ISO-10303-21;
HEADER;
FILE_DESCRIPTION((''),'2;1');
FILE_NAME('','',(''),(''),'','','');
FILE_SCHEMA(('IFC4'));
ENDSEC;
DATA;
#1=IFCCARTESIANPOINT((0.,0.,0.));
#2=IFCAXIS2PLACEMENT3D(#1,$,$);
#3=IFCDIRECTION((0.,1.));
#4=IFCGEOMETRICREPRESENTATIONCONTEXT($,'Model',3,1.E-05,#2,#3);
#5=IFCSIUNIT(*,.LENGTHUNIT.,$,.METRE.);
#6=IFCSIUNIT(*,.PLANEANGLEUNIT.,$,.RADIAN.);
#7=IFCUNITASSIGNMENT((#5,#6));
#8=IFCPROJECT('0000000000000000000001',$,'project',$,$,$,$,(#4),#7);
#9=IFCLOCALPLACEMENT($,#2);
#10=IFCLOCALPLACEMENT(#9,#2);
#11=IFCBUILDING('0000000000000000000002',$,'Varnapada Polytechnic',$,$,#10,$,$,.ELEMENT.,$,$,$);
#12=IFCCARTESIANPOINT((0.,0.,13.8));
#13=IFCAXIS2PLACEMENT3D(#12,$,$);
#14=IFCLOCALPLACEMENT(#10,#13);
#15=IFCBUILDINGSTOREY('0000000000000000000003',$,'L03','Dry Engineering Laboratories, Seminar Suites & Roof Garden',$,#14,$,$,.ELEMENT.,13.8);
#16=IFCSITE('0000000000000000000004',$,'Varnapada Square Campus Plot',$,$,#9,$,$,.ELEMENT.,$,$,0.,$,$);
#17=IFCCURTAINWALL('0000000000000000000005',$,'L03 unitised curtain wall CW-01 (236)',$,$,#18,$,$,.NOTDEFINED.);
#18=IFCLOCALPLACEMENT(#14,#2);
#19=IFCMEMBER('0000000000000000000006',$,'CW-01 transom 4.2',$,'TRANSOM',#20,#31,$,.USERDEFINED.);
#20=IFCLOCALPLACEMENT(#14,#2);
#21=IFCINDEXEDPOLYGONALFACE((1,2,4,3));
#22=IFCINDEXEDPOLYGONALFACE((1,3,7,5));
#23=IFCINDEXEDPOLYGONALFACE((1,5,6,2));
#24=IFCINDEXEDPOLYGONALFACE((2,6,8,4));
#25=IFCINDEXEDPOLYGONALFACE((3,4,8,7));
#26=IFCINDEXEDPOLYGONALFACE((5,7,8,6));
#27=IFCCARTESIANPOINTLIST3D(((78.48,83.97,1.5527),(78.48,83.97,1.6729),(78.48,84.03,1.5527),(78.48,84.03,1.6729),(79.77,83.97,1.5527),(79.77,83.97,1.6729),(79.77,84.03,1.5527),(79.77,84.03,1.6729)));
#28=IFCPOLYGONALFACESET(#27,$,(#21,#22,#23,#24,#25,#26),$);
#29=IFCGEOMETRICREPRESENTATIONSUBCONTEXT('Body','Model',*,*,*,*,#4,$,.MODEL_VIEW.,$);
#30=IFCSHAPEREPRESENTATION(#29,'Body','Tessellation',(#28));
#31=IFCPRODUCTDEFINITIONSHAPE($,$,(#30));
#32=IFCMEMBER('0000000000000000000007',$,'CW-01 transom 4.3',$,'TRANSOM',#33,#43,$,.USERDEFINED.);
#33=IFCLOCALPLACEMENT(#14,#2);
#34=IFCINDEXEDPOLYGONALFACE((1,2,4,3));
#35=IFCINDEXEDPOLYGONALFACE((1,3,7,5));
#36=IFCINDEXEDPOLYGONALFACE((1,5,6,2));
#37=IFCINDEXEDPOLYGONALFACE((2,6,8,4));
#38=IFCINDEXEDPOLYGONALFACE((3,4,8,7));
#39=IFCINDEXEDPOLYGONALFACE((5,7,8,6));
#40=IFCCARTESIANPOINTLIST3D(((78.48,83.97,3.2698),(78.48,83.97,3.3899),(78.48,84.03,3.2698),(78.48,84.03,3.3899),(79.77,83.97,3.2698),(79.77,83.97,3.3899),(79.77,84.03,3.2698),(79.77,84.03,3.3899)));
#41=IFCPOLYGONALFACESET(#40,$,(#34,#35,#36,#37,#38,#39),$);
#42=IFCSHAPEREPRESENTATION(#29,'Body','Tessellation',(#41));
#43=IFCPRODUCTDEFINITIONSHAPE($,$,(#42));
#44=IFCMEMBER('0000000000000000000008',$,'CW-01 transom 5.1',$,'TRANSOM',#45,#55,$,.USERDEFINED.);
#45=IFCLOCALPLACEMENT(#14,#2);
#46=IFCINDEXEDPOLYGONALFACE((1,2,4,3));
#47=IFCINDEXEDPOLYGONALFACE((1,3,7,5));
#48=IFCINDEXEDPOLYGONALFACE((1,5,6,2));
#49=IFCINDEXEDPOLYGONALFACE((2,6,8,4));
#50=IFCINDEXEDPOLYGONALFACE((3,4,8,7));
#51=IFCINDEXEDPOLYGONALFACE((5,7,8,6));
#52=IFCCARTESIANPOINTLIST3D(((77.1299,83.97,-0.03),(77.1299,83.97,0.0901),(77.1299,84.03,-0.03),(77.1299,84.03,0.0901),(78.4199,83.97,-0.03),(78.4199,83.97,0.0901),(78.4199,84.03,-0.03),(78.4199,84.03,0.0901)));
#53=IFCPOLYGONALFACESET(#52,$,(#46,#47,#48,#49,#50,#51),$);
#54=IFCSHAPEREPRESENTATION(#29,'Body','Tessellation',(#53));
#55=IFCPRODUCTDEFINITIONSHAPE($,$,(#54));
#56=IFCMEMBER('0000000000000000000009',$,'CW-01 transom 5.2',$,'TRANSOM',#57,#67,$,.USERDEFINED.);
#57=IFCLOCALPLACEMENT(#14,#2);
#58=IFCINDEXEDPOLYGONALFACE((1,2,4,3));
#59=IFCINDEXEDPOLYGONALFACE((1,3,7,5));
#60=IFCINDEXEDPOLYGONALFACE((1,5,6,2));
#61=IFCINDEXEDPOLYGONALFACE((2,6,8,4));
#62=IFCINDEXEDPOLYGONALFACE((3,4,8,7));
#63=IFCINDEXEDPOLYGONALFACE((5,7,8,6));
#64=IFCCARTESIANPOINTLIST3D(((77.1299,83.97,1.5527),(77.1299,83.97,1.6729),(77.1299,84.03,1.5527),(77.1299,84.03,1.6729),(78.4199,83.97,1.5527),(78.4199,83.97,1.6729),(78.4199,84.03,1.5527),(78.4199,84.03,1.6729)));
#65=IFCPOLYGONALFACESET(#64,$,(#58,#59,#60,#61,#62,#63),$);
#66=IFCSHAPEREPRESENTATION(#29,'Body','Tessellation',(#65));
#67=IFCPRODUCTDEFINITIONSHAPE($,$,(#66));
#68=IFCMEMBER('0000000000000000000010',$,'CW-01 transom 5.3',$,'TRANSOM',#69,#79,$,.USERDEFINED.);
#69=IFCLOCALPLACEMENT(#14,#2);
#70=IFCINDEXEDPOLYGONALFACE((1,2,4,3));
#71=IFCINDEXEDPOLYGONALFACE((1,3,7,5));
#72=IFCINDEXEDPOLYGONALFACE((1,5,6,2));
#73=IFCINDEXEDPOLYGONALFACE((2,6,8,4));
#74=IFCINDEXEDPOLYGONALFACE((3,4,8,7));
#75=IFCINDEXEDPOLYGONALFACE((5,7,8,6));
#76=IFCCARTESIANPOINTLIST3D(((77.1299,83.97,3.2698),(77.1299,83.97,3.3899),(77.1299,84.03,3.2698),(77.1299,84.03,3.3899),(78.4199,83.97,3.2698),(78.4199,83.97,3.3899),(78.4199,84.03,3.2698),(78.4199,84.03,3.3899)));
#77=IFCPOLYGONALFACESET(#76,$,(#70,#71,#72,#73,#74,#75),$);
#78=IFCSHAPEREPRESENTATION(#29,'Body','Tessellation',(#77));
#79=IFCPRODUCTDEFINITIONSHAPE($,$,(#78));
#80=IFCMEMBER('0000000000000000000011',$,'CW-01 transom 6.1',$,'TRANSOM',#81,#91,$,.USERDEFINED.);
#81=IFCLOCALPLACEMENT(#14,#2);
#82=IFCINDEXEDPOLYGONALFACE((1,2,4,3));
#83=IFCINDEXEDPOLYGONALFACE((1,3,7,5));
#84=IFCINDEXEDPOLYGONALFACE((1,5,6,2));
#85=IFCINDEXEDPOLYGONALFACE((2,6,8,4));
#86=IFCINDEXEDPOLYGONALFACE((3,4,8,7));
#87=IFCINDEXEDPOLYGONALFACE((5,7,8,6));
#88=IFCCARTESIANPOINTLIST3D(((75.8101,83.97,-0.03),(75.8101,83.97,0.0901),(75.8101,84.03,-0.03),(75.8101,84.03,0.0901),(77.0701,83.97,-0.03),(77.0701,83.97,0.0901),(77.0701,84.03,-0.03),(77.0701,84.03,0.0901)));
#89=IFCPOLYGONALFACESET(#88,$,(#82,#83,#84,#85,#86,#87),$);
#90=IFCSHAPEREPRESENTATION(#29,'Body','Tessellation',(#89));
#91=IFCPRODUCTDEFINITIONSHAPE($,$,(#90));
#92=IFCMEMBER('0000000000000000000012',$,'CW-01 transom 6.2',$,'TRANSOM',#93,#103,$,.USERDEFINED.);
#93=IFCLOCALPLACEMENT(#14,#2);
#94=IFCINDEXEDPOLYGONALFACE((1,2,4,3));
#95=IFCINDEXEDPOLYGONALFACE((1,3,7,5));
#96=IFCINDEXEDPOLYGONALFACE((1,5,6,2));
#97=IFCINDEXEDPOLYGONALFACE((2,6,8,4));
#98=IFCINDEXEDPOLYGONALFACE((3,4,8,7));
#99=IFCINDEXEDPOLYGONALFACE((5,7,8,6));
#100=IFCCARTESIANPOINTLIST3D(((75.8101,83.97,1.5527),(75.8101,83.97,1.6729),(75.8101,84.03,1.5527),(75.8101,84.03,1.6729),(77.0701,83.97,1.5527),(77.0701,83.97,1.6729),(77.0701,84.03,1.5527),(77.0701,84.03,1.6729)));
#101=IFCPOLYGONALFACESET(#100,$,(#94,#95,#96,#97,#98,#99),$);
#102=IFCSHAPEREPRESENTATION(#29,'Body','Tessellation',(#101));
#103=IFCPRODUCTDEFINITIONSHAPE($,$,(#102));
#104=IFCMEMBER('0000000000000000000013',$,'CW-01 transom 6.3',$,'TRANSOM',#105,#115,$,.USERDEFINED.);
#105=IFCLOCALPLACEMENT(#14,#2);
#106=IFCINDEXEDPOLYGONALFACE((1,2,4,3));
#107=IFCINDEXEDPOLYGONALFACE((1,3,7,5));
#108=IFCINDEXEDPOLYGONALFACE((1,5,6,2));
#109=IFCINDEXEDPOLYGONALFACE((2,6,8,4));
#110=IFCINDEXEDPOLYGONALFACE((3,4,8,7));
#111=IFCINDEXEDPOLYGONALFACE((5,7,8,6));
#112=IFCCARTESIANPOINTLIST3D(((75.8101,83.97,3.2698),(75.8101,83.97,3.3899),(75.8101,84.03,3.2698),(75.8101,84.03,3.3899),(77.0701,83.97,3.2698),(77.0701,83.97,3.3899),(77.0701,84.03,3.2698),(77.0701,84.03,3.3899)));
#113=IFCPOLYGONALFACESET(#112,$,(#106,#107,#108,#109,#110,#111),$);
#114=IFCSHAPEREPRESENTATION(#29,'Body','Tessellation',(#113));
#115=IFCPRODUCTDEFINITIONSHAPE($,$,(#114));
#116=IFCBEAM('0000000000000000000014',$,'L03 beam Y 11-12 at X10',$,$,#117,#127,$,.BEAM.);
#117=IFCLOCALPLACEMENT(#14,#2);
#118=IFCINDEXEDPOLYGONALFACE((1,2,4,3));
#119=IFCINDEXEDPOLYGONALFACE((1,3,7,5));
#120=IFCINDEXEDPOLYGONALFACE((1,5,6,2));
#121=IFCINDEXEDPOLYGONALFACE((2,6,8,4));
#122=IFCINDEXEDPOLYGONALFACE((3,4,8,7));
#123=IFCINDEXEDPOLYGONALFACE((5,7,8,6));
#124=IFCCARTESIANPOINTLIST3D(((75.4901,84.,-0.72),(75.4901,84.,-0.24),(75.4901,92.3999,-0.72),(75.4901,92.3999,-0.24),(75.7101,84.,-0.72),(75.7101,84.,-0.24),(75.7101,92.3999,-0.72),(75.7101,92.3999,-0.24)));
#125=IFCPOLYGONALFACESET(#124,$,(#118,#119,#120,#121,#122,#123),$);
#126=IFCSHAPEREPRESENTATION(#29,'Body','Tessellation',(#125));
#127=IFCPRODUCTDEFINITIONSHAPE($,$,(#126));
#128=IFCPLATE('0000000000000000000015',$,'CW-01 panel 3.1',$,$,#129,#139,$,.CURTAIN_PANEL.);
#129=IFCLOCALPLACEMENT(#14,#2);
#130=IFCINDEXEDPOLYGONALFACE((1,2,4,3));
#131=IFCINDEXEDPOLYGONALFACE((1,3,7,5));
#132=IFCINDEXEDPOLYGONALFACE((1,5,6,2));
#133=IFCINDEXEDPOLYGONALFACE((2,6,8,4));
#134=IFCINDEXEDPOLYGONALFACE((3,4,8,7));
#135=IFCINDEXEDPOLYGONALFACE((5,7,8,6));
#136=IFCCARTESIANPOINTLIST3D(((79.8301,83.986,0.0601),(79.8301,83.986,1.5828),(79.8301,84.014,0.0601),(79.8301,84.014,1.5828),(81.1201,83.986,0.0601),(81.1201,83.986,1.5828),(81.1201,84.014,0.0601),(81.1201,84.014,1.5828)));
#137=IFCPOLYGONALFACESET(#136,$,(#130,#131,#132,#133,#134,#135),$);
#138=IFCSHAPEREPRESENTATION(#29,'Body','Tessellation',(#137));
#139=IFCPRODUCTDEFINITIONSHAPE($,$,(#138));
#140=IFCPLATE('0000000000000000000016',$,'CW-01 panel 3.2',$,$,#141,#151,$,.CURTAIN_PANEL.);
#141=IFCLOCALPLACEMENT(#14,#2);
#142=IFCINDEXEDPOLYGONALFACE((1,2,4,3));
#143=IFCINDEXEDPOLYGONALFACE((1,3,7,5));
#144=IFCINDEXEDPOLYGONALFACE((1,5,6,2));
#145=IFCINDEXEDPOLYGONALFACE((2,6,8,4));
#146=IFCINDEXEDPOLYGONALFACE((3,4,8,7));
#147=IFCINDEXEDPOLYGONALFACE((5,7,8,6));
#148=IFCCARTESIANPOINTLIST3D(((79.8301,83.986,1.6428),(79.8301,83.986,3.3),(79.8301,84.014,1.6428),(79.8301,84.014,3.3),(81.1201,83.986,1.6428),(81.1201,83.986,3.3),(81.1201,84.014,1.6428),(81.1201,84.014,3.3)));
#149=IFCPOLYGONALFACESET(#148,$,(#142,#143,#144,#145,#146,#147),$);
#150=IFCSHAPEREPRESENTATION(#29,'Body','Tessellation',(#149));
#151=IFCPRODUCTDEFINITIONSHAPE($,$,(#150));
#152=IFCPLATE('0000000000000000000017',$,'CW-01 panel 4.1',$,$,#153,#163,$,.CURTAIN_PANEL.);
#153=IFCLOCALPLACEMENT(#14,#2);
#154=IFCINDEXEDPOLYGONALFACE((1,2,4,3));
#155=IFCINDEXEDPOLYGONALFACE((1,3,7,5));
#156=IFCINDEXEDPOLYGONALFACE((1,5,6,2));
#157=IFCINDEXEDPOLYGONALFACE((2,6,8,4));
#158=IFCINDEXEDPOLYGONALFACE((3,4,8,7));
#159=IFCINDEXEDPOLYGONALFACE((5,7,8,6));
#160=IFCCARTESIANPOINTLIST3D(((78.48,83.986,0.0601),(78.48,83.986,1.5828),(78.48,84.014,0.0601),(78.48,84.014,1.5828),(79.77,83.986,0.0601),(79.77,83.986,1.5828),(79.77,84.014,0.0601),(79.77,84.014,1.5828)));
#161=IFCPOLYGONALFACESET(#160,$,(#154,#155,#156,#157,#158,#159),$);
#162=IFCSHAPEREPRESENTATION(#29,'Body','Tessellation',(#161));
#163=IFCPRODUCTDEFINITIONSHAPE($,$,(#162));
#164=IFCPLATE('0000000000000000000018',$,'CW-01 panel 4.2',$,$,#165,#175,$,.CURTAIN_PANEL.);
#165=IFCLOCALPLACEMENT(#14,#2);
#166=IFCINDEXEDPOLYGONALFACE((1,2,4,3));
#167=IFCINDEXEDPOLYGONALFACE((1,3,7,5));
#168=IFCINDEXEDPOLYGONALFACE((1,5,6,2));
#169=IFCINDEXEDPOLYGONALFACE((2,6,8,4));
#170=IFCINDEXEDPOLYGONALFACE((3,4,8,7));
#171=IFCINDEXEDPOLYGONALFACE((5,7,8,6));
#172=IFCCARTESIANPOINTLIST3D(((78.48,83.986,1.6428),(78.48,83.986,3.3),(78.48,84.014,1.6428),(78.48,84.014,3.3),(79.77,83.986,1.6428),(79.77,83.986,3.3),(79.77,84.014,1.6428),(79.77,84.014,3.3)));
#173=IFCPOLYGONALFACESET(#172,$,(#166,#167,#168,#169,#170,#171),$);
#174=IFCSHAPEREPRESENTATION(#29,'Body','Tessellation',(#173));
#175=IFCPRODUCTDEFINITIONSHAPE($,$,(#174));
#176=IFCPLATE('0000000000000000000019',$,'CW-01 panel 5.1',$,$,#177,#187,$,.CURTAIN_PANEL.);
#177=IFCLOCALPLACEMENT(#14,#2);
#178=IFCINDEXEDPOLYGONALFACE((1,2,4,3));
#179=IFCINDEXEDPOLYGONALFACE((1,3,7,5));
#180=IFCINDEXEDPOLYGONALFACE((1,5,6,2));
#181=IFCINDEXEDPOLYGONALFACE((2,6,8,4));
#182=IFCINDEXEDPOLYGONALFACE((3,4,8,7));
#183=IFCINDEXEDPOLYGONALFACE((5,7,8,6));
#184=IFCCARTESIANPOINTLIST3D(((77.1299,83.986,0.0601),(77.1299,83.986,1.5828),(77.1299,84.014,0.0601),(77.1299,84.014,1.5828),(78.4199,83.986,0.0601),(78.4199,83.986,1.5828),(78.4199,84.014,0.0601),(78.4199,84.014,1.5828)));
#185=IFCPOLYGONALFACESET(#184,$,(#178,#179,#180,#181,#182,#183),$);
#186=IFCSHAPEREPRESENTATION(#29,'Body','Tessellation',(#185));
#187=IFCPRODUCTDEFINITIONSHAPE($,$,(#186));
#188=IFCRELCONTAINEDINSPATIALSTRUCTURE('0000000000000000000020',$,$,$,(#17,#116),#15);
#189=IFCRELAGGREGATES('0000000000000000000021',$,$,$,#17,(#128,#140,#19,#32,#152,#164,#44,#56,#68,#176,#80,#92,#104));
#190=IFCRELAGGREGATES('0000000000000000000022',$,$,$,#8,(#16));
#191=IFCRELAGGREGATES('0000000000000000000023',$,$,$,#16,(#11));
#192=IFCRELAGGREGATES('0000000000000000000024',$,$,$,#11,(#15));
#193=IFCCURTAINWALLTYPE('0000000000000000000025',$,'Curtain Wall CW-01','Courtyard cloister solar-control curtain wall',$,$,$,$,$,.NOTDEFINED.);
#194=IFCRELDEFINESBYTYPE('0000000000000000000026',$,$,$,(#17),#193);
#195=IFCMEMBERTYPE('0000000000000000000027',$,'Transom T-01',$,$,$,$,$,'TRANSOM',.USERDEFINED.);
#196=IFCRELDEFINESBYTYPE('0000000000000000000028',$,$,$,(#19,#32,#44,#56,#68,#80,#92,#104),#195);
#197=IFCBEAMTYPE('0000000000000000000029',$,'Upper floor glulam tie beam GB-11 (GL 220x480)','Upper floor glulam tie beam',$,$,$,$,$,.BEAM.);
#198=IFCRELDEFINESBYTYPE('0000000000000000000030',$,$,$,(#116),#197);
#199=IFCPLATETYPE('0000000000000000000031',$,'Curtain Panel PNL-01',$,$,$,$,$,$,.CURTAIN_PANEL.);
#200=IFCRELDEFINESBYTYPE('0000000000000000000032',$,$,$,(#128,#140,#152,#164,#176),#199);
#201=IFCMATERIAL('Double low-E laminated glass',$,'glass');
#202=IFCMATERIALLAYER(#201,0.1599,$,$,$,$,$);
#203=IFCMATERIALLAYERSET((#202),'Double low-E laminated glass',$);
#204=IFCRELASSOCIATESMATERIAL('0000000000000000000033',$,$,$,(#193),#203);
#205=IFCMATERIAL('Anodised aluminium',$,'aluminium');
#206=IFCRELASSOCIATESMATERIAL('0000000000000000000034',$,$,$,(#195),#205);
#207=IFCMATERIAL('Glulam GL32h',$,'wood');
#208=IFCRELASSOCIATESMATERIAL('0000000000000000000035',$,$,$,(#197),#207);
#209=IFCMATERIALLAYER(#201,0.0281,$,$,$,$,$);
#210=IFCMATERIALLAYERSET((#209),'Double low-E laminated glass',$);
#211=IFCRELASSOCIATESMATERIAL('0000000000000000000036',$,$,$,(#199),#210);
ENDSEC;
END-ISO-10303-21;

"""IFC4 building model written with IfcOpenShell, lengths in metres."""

from ifc_helpers import new_model, si_unit, direction, frame, origin, origin_2d, place, context, subcontext, project, spatial, rectangle, extrude, material, layer, layer_set, material_profile, profile_set, type_object, element, aggregate, save


model = new_model("IFC4")

# Units and contexts
model_context = context("Model", 3, precision=1e-05, world=origin(), true_north=direction((0.0, 1.0)))
body_context = subcontext(model_context, "Body", "Model", "MODEL_VIEW")
ifc_project = project(units=[si_unit("LENGTHUNIT", "METRE"), si_unit("PLANEANGLEUNIT", "RADIAN")], contexts=[model_context])

# Site, building, storey
site_placement = place(None, origin())
site = spatial("IfcSite", under=ifc_project, at=site_placement, Name="Varnapada Square Campus Plot", CompositionType="ELEMENT", RefElevation=0.0)
building_placement = place(site_placement, origin())
building = spatial("IfcBuilding", under=site, at=building_placement, Name="Varnapada Polytechnic", CompositionType="ELEMENT")
storey_placement = place(building_placement, frame((0.0, 0.0, 13.8)))
storey = spatial("IfcBuildingStorey", under=building, at=storey_placement, Name="L03", Description="Dry Engineering Laboratories, Seminar Suites & Roof Garden", CompositionType="ELEMENT", Elevation=13.8)

# Shared definitions
ifc_material_1 = material(Name="Glulam GL32h", Category="wood")

# Shared definitions
ifc_material_2 = material(Name="Double low-E laminated glass", Category="glass")
ifc_layer_1 = layer(ifc_material_2, 0.1599)
ifc_layer_set_1 = layer_set([ifc_layer_1], Name="Double low-E laminated glass")
curtain_wall_type = type_object("IfcCurtainWallType", Name="Curtain Wall CW-01", Description="Courtyard cloister solar-control curtain wall", PredefinedType="NOTDEFINED", material=ifc_layer_set_1)
ifc_material_3 = material(Name="Anodised aluminium", Category="aluminium")

# Curtain wall
curtain_wall_1_placement = place(storey_placement, origin())
curtain_wall_1 = element("IfcCurtainWall", 1, at=curtain_wall_1_placement, inside=storey, type_object=curtain_wall_type, Name="L03 unitised curtain wall CW-01 (236)", PredefinedType="NOTDEFINED")

# Members
ifc_material_profile_1 = material_profile(ifc_material_3, rectangle(XDim=0.0601, YDim=0.1201, at=origin_2d()), Name="ALU T60x120")
ifc_profile_set_1 = profile_set([ifc_material_profile_1], Name="Anodised aluminium")
member_type_1 = type_object("IfcMemberType", Name="Transom T-01", ElementType="TRANSOM", PredefinedType="USERDEFINED", material=ifc_profile_set_1)
member_1_placement = place(storey_placement, frame((79.77, 84.0, 1.6128), z_axis=(-1.0, 0.0, 0.0), x_axis=(0.0, -1.0, 0.0)))
member_1 = element("IfcMember", 2, at=member_1_placement, type_object=member_type_1, Name="CW-01 transom 4.2", ObjectType="TRANSOM", PredefinedType="USERDEFINED", context=body_context, shape_type="SweptSolid", body=[
    extrude(rectangle(XDim=0.0601, YDim=0.1201, at=origin_2d()), origin(), (0.0, 0.0, 1.0), 1.29),
])
member_2_placement = place(storey_placement, frame((79.77, 84.0, 3.3298), z_axis=(-1.0, 0.0, 0.0), x_axis=(0.0, -1.0, 0.0)))
member_2 = element("IfcMember", 3, at=member_2_placement, type_object=member_type_1, Name="CW-01 transom 4.3", ObjectType="TRANSOM", PredefinedType="USERDEFINED", context=body_context, shape_type="SweptSolid", body=[
    extrude(rectangle(XDim=0.0601, YDim=0.1201, at=origin_2d()), origin(), (0.0, 0.0, 1.0), 1.29),
])
member_3_placement = place(storey_placement, frame((78.4199, 84.0, 0.03), z_axis=(-1.0, 0.0, 0.0), x_axis=(0.0, -1.0, 0.0)))
member_3 = element("IfcMember", 4, at=member_3_placement, type_object=member_type_1, Name="CW-01 transom 5.1", ObjectType="TRANSOM", PredefinedType="USERDEFINED", context=body_context, shape_type="SweptSolid", body=[
    extrude(rectangle(XDim=0.0601, YDim=0.1201, at=origin_2d()), origin(), (0.0, 0.0, 1.0), 1.29),
])
member_4_placement = place(storey_placement, frame((78.4199, 84.0, 1.6128), z_axis=(-1.0, 0.0, 0.0), x_axis=(0.0, -1.0, 0.0)))
member_4 = element("IfcMember", 5, at=member_4_placement, type_object=member_type_1, Name="CW-01 transom 5.2", ObjectType="TRANSOM", PredefinedType="USERDEFINED", context=body_context, shape_type="SweptSolid", body=[
    extrude(rectangle(XDim=0.0601, YDim=0.1201, at=origin_2d()), origin(), (0.0, 0.0, 1.0), 1.29),
])
member_5_placement = place(storey_placement, frame((78.4199, 84.0, 3.3298), z_axis=(-1.0, 0.0, 0.0), x_axis=(0.0, -1.0, 0.0)))
member_5 = element("IfcMember", 6, at=member_5_placement, type_object=member_type_1, Name="CW-01 transom 5.3", ObjectType="TRANSOM", PredefinedType="USERDEFINED", context=body_context, shape_type="SweptSolid", body=[
    extrude(rectangle(XDim=0.0601, YDim=0.1201, at=origin_2d()), origin(), (0.0, 0.0, 1.0), 1.29),
])
member_6_placement = place(storey_placement, frame((77.0701, 84.0, 0.03), z_axis=(-1.0, 0.0, 0.0), x_axis=(0.0, -1.0, 0.0)))
member_6 = element("IfcMember", 7, at=member_6_placement, type_object=member_type_1, Name="CW-01 transom 6.1", ObjectType="TRANSOM", PredefinedType="USERDEFINED", context=body_context, shape_type="SweptSolid", body=[
    extrude(rectangle(XDim=0.0601, YDim=0.1201, at=origin_2d()), origin(), (0.0, 0.0, 1.0), 1.26),
])
member_7_placement = place(storey_placement, frame((77.0701, 84.0, 1.6128), z_axis=(-1.0, 0.0, 0.0), x_axis=(0.0, -1.0, 0.0)))
member_7 = element("IfcMember", 8, at=member_7_placement, type_object=member_type_1, Name="CW-01 transom 6.2", ObjectType="TRANSOM", PredefinedType="USERDEFINED", context=body_context, shape_type="SweptSolid", body=[
    extrude(rectangle(XDim=0.0601, YDim=0.1201, at=origin_2d()), origin(), (0.0, 0.0, 1.0), 1.26),
])
member_8_placement = place(storey_placement, frame((77.0701, 84.0, 3.3298), z_axis=(-1.0, 0.0, 0.0), x_axis=(0.0, -1.0, 0.0)))
member_8 = element("IfcMember", 9, at=member_8_placement, type_object=member_type_1, Name="CW-01 transom 6.3", ObjectType="TRANSOM", PredefinedType="USERDEFINED", context=body_context, shape_type="SweptSolid", body=[
    extrude(rectangle(XDim=0.0601, YDim=0.1201, at=origin_2d()), origin(), (0.0, 0.0, 1.0), 1.26),
])

# Beam
ifc_material_profile_2 = material_profile(ifc_material_1, rectangle(XDim=0.22, YDim=0.48, at=origin_2d()), Name="GL 220x480")
ifc_profile_set_2 = profile_set([ifc_material_profile_2], Name="Glulam GL32h")
beam_type_1 = type_object("IfcBeamType", Name="Upper floor glulam tie beam GB-11 (GL 220x480)", Description="Upper floor glulam tie beam", PredefinedType="BEAM", material=ifc_profile_set_2)
beam_1_placement = place(storey_placement, frame((75.6001, 84.0, -0.48), z_axis=(0.0, 1.0, 0.0), x_axis=(-1.0, 0.0, 0.0)))
element("IfcBeam", 10, at=beam_1_placement, inside=storey, type_object=beam_type_1, Name="L03 beam Y 11-12 at X10", PredefinedType="BEAM", context=body_context, shape_type="SweptSolid", body=[
    extrude(rectangle(XDim=0.22, YDim=0.48, at=origin_2d()), origin(), (0.0, 0.0, 1.0), 8.3999),
])

# Plates
ifc_layer_2 = layer(ifc_material_2, 0.0281)
ifc_layer_set_2 = layer_set([ifc_layer_2], Name="Double low-E laminated glass")
plate_type = type_object("IfcPlateType", Name="Curtain Panel PNL-01", PredefinedType="CURTAIN_PANEL", material=ifc_layer_set_2)
plate_1_placement = place(storey_placement, frame((80.4751, 84.0, 0.0601), z_axis=(0.0, 0.0, 1.0), x_axis=(-1.0, 0.0, 0.0)))
plate_1 = element("IfcPlate", 11, at=plate_1_placement, type_object=plate_type, Name="CW-01 panel 3.1", PredefinedType="CURTAIN_PANEL", context=body_context, shape_type="SweptSolid", body=[
    extrude(rectangle(XDim=1.29, YDim=0.0281, at=origin_2d()), origin(), (0.0, 0.0, 1.0), 1.5227),
])
plate_2_placement = place(storey_placement, frame((80.4751, 84.0, 1.6428), z_axis=(0.0, 0.0, 1.0), x_axis=(-1.0, 0.0, 0.0)))
plate_2 = element("IfcPlate", 12, at=plate_2_placement, type_object=plate_type, Name="CW-01 panel 3.2", PredefinedType="CURTAIN_PANEL", context=body_context, shape_type="SweptSolid", body=[
    extrude(rectangle(XDim=1.29, YDim=0.0281, at=origin_2d()), origin(), (0.0, 0.0, 1.0), 1.6572),
])
plate_3_placement = place(storey_placement, frame((79.125, 84.0, 0.0601), z_axis=(0.0, 0.0, 1.0), x_axis=(-1.0, 0.0, 0.0)))
plate_3 = element("IfcPlate", 13, at=plate_3_placement, type_object=plate_type, Name="CW-01 panel 4.1", PredefinedType="CURTAIN_PANEL", context=body_context, shape_type="SweptSolid", body=[
    extrude(rectangle(XDim=1.29, YDim=0.0281, at=origin_2d()), origin(), (0.0, 0.0, 1.0), 1.5227),
])
plate_4_placement = place(storey_placement, frame((79.125, 84.0, 1.6428), z_axis=(0.0, 0.0, 1.0), x_axis=(-1.0, 0.0, 0.0)))
plate_4 = element("IfcPlate", 14, at=plate_4_placement, type_object=plate_type, Name="CW-01 panel 4.2", PredefinedType="CURTAIN_PANEL", context=body_context, shape_type="SweptSolid", body=[
    extrude(rectangle(XDim=1.29, YDim=0.0281, at=origin_2d()), origin(), (0.0, 0.0, 1.0), 1.6572),
])
plate_5_placement = place(storey_placement, frame((77.7749, 84.0, 0.0601), z_axis=(0.0, 0.0, 1.0), x_axis=(-1.0, 0.0, 0.0)))
plate_5 = element("IfcPlate", 15, at=plate_5_placement, type_object=plate_type, Name="CW-01 panel 5.1", PredefinedType="CURTAIN_PANEL", context=body_context, shape_type="SweptSolid", body=[
    extrude(rectangle(XDim=1.29, YDim=0.0281, at=origin_2d()), origin(), (0.0, 0.0, 1.0), 1.5227),
])
aggregate(curtain_wall_1, [plate_1, plate_2, member_1, member_2, plate_3, plate_4, member_3, member_4, member_5, plate_5, member_6, member_7, member_8])

save(model, "model.ifc")
